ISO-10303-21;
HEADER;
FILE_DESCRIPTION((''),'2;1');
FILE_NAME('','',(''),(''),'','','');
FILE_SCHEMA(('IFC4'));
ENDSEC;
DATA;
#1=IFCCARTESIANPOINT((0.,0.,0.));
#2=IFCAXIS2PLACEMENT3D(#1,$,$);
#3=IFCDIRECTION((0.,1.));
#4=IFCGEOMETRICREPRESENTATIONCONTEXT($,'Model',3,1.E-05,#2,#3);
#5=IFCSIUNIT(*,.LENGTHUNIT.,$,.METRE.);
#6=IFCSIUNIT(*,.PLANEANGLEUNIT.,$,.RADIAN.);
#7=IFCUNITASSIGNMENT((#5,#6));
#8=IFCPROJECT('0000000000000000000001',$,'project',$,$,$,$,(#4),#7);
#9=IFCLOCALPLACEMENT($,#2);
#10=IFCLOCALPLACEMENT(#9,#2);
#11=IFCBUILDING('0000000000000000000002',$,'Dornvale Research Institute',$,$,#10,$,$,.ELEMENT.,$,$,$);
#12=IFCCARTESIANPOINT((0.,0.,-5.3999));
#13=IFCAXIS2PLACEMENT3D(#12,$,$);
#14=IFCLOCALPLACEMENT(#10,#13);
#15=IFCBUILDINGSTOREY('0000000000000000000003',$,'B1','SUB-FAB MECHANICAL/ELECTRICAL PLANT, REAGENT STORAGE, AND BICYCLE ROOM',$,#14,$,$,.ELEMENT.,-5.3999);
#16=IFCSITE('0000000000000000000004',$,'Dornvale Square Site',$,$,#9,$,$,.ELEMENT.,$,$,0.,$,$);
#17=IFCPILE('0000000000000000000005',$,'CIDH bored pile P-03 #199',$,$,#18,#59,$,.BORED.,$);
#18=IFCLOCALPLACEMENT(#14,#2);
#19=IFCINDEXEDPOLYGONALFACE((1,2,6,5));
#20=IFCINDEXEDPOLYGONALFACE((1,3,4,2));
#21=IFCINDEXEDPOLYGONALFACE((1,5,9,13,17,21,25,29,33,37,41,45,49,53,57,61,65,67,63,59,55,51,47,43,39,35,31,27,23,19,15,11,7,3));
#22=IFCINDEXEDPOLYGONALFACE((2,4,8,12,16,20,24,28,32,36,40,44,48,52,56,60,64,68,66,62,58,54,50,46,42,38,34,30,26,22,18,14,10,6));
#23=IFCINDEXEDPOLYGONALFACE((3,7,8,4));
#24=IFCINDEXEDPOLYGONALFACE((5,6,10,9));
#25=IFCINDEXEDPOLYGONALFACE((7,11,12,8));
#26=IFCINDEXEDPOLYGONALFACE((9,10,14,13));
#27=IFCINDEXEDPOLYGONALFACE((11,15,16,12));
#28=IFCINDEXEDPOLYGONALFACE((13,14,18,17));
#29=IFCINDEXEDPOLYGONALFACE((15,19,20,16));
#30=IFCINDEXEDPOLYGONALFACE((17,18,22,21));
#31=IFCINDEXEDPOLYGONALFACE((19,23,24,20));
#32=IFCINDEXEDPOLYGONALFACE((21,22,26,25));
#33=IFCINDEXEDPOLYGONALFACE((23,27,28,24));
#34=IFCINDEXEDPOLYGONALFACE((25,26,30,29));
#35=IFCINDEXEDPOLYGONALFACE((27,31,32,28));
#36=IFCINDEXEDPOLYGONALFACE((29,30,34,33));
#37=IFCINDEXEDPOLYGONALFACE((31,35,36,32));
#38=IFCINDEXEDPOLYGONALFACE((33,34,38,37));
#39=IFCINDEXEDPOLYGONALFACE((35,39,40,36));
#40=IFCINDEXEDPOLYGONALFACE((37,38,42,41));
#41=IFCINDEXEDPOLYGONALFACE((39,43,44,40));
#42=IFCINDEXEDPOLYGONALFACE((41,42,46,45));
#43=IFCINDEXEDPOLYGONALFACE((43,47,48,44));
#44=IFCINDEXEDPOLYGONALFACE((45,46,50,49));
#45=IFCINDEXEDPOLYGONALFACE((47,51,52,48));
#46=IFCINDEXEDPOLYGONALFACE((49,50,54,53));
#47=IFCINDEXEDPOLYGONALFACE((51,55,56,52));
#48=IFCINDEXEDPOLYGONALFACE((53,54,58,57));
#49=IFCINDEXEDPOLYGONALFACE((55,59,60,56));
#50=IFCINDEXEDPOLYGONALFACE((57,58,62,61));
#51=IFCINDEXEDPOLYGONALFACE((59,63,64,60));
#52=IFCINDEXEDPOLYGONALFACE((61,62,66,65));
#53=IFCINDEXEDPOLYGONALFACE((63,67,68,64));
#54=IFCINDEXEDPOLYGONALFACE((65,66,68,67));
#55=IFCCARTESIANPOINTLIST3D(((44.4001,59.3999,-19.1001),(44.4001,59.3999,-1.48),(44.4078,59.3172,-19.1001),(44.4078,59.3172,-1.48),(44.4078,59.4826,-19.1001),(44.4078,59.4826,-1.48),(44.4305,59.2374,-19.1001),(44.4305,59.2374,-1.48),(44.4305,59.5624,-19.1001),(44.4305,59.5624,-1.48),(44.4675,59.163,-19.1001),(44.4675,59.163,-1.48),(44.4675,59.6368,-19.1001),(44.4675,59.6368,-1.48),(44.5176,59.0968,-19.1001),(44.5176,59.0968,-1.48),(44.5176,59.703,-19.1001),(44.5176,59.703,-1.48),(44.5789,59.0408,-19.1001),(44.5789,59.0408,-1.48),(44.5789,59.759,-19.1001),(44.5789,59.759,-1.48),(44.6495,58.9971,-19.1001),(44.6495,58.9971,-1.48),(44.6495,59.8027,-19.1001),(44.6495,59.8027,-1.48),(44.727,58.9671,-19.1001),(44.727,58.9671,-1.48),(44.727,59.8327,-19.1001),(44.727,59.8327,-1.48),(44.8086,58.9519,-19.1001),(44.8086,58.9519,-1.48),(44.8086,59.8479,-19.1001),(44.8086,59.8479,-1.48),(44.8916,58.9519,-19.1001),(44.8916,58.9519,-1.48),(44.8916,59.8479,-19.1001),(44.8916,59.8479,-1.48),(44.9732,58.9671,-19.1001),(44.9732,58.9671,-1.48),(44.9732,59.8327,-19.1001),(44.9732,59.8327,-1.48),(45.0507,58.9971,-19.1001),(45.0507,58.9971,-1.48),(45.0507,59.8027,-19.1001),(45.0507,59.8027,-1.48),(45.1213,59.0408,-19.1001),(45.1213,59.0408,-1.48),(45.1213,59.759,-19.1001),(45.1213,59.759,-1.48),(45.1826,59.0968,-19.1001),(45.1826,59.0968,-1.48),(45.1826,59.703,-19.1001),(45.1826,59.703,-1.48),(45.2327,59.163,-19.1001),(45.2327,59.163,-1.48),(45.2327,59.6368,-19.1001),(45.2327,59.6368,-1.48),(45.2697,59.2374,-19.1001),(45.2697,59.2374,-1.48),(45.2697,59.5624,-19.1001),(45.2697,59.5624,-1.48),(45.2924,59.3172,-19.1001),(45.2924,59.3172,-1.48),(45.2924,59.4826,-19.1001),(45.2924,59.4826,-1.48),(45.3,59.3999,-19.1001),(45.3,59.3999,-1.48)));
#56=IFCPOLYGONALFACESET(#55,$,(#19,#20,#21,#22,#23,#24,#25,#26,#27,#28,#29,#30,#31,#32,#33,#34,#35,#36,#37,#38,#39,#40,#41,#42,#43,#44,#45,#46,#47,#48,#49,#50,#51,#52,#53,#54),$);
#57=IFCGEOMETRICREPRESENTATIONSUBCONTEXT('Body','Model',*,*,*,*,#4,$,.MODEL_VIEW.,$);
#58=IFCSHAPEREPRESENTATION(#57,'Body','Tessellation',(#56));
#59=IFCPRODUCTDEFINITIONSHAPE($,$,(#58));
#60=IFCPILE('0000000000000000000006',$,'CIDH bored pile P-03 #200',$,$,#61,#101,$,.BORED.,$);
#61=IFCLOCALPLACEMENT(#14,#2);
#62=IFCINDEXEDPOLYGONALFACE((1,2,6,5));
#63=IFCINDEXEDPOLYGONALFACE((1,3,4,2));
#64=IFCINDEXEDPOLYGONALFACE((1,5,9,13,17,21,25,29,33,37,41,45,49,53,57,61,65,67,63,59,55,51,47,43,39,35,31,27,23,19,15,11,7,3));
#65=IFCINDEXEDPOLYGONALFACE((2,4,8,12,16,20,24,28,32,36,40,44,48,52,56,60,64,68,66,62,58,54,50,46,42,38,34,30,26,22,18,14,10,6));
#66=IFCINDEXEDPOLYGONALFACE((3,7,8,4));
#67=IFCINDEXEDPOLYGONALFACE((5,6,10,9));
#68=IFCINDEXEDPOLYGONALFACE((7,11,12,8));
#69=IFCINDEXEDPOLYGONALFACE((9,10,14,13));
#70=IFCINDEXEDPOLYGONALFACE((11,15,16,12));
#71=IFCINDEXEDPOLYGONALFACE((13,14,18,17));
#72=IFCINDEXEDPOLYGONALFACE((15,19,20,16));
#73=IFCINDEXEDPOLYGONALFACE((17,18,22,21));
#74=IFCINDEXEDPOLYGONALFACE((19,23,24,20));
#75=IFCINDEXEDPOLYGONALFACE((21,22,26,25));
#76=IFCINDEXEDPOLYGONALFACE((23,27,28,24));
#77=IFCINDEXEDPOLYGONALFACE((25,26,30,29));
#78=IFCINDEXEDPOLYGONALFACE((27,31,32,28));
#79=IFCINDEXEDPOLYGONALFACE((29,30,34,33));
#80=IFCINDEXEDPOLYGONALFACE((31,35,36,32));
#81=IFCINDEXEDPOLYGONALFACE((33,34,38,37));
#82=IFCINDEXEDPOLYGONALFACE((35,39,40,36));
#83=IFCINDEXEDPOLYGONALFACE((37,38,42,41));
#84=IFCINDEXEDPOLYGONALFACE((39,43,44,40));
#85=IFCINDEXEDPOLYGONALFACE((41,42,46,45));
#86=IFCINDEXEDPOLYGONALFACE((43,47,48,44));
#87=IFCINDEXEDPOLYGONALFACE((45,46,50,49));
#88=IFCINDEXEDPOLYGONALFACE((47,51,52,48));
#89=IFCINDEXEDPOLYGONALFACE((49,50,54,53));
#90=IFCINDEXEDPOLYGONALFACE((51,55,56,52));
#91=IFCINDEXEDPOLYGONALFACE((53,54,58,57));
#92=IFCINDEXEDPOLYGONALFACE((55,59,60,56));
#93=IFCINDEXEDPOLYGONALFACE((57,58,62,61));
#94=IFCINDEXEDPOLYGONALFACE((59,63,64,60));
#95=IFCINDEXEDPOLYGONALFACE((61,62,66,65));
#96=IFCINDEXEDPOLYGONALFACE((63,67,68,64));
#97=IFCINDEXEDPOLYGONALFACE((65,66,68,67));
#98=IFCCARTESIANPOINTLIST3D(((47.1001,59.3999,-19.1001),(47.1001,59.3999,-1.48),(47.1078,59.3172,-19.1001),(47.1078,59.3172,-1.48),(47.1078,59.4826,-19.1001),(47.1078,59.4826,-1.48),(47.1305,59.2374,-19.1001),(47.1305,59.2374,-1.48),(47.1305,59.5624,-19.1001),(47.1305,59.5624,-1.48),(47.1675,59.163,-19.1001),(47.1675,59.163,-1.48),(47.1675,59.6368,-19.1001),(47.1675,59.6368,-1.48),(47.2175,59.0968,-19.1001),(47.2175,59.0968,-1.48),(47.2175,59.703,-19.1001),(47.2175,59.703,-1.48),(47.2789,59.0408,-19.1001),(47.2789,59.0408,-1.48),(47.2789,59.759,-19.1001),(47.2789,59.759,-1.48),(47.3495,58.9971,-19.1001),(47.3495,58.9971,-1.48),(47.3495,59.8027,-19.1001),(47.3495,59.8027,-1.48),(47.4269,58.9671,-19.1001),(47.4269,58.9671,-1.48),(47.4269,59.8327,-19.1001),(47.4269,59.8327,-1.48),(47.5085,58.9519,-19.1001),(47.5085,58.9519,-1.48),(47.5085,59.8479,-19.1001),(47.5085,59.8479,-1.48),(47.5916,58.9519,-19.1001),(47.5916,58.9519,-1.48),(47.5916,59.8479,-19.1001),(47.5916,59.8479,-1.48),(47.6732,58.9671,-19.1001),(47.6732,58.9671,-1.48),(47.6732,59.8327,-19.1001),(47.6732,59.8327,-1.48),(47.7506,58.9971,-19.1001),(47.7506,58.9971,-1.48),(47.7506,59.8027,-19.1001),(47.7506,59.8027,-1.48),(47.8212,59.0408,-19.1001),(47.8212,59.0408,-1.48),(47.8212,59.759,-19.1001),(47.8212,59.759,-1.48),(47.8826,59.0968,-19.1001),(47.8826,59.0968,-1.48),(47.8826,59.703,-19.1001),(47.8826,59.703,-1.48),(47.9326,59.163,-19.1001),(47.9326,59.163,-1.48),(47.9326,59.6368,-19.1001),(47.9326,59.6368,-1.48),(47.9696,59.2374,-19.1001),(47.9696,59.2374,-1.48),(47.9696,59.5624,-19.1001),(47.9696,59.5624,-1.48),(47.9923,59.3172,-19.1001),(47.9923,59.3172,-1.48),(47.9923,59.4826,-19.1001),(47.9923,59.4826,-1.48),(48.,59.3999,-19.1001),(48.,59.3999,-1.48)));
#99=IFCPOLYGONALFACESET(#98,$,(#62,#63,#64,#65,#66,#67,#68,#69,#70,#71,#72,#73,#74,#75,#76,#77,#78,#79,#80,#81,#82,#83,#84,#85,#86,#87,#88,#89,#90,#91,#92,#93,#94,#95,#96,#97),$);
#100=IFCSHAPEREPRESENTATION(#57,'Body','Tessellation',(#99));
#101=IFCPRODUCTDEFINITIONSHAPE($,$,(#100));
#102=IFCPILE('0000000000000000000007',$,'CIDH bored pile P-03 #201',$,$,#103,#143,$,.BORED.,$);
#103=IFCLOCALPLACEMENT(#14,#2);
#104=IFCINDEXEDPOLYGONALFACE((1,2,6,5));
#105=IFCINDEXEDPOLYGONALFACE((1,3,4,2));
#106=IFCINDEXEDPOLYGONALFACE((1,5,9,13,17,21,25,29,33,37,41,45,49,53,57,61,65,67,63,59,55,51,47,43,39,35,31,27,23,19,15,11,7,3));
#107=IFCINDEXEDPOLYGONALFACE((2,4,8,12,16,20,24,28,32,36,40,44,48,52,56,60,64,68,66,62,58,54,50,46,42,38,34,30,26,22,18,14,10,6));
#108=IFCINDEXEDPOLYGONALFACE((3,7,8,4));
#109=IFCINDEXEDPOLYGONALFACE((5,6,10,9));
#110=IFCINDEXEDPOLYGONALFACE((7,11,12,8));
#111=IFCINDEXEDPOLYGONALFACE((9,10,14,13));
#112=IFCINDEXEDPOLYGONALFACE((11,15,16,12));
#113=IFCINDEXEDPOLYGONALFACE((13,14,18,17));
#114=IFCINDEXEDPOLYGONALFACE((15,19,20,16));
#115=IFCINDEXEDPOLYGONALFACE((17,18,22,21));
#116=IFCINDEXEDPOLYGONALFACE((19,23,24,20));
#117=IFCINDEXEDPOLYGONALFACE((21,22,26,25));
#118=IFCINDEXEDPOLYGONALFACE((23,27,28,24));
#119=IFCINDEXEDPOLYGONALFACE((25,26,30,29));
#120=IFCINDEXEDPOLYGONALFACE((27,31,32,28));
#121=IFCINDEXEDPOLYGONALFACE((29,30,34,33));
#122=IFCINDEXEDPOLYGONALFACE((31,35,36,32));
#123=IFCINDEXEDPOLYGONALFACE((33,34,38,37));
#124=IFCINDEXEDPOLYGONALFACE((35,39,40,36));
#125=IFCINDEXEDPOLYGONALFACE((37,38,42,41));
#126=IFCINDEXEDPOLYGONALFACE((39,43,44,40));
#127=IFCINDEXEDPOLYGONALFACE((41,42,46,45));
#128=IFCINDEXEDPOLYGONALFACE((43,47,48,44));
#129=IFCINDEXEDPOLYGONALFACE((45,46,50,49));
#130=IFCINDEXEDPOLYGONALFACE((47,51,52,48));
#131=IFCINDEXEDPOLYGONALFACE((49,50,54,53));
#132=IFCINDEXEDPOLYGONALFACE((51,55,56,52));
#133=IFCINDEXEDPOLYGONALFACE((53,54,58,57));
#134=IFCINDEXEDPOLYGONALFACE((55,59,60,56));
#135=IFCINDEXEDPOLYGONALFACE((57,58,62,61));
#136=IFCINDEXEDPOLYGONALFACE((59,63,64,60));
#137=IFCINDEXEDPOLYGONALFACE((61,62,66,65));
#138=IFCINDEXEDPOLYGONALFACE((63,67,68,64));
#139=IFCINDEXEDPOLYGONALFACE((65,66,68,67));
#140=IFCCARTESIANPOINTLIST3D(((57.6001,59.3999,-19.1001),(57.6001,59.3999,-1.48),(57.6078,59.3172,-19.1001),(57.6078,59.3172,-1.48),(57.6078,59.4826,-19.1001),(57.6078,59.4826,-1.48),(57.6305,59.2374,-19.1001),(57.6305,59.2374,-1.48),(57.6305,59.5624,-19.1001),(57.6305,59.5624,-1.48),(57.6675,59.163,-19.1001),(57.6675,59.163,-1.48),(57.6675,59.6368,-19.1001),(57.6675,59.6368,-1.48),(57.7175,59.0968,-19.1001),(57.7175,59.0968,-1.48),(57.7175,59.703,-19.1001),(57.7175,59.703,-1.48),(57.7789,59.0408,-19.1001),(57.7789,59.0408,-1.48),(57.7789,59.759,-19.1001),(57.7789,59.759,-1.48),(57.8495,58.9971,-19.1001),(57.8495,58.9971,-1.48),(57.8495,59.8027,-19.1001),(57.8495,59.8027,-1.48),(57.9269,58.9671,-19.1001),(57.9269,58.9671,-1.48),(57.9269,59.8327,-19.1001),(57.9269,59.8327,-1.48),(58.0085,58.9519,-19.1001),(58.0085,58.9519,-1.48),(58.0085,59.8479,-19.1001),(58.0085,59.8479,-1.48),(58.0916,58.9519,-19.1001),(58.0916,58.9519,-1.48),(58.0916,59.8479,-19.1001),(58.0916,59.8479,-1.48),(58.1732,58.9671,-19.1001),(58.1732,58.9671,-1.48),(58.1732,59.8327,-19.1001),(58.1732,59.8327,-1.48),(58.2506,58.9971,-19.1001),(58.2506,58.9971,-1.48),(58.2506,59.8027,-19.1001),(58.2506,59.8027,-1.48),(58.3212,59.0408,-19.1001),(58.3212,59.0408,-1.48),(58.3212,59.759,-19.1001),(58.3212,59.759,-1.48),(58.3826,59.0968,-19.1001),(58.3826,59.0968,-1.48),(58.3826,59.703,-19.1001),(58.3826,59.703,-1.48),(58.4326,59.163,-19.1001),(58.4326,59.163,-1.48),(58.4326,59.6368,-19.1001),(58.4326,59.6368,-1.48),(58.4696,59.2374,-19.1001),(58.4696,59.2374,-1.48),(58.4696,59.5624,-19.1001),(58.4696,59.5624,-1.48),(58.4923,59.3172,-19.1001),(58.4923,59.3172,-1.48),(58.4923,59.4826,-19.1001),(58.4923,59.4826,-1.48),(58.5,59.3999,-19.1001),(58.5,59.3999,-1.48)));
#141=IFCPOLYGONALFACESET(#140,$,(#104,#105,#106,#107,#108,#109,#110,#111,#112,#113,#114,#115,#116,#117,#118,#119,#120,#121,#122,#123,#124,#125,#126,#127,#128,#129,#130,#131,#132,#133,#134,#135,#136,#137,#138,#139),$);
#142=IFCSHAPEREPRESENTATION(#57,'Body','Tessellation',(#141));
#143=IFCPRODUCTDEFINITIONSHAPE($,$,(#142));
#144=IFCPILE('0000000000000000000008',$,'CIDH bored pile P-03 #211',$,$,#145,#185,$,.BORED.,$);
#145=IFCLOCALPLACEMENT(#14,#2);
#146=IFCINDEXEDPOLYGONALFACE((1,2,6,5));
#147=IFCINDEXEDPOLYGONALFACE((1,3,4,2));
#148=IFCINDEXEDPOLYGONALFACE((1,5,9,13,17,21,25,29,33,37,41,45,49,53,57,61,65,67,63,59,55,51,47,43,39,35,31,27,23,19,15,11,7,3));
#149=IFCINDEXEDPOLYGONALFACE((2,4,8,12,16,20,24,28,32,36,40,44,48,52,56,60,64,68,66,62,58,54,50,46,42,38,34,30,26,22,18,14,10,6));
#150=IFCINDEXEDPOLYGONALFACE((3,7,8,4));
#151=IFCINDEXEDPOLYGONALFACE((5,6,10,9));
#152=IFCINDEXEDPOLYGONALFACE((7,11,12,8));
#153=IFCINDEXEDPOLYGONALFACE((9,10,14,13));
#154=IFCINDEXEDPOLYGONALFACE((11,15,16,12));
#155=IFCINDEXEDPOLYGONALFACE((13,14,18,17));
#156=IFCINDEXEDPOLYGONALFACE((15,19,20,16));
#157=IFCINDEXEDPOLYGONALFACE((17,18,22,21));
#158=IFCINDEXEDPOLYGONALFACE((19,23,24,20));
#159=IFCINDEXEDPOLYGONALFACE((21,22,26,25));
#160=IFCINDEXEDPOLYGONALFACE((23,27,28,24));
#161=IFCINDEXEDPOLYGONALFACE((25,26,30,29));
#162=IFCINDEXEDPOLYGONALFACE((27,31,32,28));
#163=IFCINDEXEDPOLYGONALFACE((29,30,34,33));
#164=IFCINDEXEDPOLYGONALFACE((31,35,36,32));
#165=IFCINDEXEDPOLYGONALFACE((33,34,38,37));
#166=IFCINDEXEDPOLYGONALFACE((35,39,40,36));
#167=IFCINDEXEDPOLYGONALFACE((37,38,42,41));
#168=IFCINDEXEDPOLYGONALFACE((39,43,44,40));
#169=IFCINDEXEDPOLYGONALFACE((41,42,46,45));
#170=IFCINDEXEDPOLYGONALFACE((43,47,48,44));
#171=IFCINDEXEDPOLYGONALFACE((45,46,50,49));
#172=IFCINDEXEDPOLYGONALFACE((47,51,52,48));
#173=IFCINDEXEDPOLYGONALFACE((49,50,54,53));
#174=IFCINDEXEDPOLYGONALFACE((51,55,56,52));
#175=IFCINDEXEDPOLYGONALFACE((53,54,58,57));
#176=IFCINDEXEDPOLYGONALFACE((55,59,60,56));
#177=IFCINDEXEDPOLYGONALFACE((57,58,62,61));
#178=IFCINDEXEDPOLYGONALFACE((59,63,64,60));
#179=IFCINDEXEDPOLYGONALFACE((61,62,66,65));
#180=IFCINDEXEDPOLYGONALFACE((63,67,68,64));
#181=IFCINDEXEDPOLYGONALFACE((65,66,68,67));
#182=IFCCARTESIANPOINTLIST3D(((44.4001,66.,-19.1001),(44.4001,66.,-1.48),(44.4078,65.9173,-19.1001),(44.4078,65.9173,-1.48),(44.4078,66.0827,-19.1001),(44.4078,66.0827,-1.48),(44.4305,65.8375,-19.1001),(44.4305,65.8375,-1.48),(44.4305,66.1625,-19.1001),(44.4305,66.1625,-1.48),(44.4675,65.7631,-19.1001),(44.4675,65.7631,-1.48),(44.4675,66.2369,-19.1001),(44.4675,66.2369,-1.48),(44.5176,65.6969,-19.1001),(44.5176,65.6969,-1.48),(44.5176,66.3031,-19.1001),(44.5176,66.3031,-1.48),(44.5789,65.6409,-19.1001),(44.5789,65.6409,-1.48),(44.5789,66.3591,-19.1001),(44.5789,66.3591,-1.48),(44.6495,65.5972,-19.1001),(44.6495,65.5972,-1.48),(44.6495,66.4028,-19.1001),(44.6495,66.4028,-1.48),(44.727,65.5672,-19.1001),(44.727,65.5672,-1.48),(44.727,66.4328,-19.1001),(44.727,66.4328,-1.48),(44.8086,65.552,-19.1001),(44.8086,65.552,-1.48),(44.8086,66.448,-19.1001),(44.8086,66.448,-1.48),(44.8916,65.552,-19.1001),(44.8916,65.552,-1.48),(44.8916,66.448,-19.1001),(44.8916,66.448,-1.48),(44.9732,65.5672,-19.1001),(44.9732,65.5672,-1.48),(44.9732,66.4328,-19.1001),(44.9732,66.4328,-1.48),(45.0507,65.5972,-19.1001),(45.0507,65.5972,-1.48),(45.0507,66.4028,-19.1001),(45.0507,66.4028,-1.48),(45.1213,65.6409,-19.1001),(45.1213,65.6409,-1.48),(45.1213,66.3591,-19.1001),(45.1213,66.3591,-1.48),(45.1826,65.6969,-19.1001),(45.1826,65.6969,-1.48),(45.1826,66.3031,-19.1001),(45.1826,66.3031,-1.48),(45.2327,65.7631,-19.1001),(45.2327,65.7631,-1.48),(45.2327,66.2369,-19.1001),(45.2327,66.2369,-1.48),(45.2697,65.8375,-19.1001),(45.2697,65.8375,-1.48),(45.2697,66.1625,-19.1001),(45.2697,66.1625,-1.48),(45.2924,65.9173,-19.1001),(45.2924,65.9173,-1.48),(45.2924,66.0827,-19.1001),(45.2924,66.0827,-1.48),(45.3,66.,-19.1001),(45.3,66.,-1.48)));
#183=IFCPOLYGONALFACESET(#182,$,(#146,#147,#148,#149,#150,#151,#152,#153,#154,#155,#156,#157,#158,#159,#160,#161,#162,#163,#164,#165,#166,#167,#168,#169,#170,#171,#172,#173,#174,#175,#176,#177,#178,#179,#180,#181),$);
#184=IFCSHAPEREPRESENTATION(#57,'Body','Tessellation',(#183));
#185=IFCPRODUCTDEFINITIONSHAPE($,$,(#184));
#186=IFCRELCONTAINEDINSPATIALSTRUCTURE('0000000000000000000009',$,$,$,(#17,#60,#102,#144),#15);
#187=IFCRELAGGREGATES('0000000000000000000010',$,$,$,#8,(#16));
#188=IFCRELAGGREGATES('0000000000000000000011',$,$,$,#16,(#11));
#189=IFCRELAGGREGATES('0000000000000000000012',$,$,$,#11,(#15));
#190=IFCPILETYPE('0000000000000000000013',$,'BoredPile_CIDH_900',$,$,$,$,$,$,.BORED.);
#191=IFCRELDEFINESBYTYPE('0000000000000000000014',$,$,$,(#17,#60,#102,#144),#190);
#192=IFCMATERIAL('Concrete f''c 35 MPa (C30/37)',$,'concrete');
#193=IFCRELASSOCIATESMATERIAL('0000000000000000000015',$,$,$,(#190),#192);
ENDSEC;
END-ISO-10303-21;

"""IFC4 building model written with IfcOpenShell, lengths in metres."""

from ifc_helpers import new_model, si_unit, direction, frame, origin, origin_2d, place, context, subcontext, project, spatial, circle, extrude, material, material_profile, profile_set, type_object, element, save


model = new_model("IFC4")

# Units and contexts
model_context = context("Model", 3, precision=1e-05, world=origin(), true_north=direction((0.0, 1.0)))
body_context = subcontext(model_context, "Body", "Model", "MODEL_VIEW")
ifc_project = project(units=[si_unit("LENGTHUNIT", "METRE"), si_unit("PLANEANGLEUNIT", "RADIAN")], contexts=[model_context])

# Site, building, storey
site_placement = place(None, origin())
site = spatial("IfcSite", under=ifc_project, at=site_placement, Name="Dornvale Square Site", CompositionType="ELEMENT", RefElevation=0.0)
building_placement = place(site_placement, origin())
building = spatial("IfcBuilding", under=site, at=building_placement, Name="Dornvale Research Institute", CompositionType="ELEMENT")
storey_placement = place(building_placement, frame((0.0, 0.0, -5.3999)))
storey = spatial("IfcBuildingStorey", under=building, at=storey_placement, Name="B1", Description="SUB-FAB MECHANICAL/ELECTRICAL PLANT, REAGENT STORAGE, AND BICYCLE ROOM", CompositionType="ELEMENT", Elevation=-5.3999)

# Piles
ifc_material_1 = material(Name="Concrete f'c 35 MPa (C30/37)", Category="concrete")
ifc_material_profile_1 = material_profile(ifc_material_1, circle(Radius=0.45, at=origin_2d()), Name="CIDH PILE D900")
ifc_profile_set_1 = profile_set([ifc_material_profile_1], Name="Concrete f'c 35 MPa (C30/37)")
pile_type = type_object("IfcPileType", Name="BoredPile_CIDH_900", PredefinedType="BORED", material=ifc_profile_set_1)
for number, where, z_axis, x_axis, name in (
    (1, (44.8501, 59.3999, -1.48), (0.0, 0.0, -1.0), (1.0, 0.0, 0.0), "CIDH bored pile P-03 #199"),
    (2, (47.55, 59.3999, -1.48), (0.0, 0.0, -1.0), (1.0, 0.0, 0.0), "CIDH bored pile P-03 #200"),
    (3, (58.05, 59.3999, -1.48), (0.0, 0.0, -1.0), (1.0, 0.0, 0.0), "CIDH bored pile P-03 #201"),
    (4, (44.8501, 66.0, -1.48), (0.0, 0.0, -1.0), (1.0, 0.0, 0.0), "CIDH bored pile P-03 #211"),
):
    element("IfcPile", number, at=place(storey_placement, frame(where, z_axis=z_axis, x_axis=x_axis)), inside=storey, type_object=pile_type, Name=name, PredefinedType="BORED", context=body_context, shape_type="SweptSolid", body=[
        extrude(circle(Radius=0.45, at=origin_2d()), origin(), (0.0, 0.0, 1.0), 17.6201),
    ])

save(model, "model.ifc")
